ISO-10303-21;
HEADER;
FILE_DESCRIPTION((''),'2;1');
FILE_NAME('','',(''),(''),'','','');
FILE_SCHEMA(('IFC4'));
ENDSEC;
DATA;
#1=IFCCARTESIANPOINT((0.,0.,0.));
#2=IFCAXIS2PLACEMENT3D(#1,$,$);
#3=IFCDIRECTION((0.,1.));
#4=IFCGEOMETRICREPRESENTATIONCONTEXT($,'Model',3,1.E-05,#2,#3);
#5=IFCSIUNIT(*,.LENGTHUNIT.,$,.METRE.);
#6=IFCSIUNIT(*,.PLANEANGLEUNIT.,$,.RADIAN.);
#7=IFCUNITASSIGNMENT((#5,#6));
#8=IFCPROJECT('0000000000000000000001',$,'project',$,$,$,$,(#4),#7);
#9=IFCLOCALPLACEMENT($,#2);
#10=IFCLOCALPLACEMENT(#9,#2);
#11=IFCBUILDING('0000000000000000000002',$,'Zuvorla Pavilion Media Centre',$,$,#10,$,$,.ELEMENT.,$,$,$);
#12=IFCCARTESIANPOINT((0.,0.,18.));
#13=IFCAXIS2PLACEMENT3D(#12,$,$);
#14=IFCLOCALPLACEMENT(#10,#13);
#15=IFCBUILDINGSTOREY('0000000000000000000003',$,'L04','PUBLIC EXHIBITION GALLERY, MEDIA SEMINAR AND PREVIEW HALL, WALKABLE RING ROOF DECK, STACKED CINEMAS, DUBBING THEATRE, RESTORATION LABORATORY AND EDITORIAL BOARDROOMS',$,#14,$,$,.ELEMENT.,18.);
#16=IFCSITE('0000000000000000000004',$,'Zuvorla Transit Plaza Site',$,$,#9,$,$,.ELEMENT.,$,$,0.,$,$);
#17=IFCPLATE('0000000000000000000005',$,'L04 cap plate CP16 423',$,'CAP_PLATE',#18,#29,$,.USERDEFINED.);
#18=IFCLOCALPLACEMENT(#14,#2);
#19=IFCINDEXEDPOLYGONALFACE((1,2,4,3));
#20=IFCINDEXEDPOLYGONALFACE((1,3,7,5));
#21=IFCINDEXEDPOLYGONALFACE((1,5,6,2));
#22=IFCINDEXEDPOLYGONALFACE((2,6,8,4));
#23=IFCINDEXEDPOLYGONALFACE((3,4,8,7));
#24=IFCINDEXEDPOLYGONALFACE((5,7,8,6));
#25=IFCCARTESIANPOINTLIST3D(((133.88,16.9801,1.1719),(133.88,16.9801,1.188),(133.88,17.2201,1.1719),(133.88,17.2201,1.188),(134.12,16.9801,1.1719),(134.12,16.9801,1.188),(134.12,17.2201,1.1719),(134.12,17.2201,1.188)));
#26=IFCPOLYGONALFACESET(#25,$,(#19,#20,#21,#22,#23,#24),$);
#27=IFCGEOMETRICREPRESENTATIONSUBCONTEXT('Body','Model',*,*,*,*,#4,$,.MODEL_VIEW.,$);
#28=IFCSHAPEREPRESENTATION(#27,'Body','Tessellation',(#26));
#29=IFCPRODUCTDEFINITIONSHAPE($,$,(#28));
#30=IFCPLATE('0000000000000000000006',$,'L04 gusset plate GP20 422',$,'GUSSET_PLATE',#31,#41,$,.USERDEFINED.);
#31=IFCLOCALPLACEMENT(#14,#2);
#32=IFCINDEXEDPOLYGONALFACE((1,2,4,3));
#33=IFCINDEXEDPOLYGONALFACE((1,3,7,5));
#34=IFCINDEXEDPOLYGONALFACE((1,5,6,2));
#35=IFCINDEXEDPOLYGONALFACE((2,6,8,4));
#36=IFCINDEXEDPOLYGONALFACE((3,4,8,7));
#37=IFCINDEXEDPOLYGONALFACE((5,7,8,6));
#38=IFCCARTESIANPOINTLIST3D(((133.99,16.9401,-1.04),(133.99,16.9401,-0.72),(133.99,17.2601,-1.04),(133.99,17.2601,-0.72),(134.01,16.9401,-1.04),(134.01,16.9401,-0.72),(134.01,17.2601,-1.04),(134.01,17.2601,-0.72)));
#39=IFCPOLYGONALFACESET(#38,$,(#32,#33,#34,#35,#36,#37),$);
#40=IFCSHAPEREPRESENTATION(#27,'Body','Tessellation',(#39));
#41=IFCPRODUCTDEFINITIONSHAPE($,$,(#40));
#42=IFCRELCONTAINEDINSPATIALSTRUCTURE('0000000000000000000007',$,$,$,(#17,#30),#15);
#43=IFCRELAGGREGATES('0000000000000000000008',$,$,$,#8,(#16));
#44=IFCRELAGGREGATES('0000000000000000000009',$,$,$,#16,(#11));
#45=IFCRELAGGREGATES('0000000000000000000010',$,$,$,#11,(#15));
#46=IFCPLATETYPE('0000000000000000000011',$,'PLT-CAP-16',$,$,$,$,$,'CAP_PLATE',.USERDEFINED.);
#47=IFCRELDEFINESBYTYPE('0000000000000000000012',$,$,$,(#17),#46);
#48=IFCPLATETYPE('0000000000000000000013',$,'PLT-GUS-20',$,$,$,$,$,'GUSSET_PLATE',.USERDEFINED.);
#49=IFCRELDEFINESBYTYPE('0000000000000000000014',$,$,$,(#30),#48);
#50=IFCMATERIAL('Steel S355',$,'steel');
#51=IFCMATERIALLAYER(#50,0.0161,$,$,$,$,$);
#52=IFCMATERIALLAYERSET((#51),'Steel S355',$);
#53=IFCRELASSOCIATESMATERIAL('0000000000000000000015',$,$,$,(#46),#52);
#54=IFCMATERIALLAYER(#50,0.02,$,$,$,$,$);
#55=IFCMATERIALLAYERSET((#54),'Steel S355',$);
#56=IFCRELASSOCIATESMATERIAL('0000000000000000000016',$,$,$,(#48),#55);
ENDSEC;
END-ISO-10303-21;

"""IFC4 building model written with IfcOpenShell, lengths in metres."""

from ifc_helpers import new_model, si_unit, direction, frame, origin, origin_2d, place, context, subcontext, project, spatial, rectangle, extrude, material, layer, layer_set, type_object, element, save


model = new_model("IFC4")

# Units and contexts
model_context = context("Model", 3, precision=1e-05, world=origin(), true_north=direction((0.0, 1.0)))
body_context = subcontext(model_context, "Body", "Model", "MODEL_VIEW")
ifc_project = project(units=[si_unit("LENGTHUNIT", "METRE"), si_unit("PLANEANGLEUNIT", "RADIAN")], contexts=[model_context])

# Site, building, storey
site_placement = place(None, origin())
site = spatial("IfcSite", under=ifc_project, at=site_placement, Name="Zuvorla Transit Plaza Site", CompositionType="ELEMENT", RefElevation=0.0)
building_placement = place(site_placement, origin())
building = spatial("IfcBuilding", under=site, at=building_placement, Name="Zuvorla Pavilion Media Centre", CompositionType="ELEMENT")
storey_placement = place(building_placement, frame((0.0, 0.0, 18.0)))
storey = spatial("IfcBuildingStorey", under=building, at=storey_placement, Name="L04", Description="PUBLIC EXHIBITION GALLERY, MEDIA SEMINAR AND PREVIEW HALL, WALKABLE RING ROOF DECK, STACKED CINEMAS, DUBBING THEATRE, RESTORATION LABORATORY AND EDITORIAL BOARDROOMS", CompositionType="ELEMENT", Elevation=18.0)

# Shared definitions
ifc_material_1 = material(Name="Steel S355", Category="steel")

# Plates
ifc_layer_1 = layer(ifc_material_1, 0.0161)
ifc_layer_set_1 = layer_set([ifc_layer_1], Name="Steel S355")
plate_type_1 = type_object("IfcPlateType", Name="PLT-CAP-16", ElementType="CAP_PLATE", PredefinedType="USERDEFINED", material=ifc_layer_set_1)
plate_1_placement = place(storey_placement, frame((134.0, 17.1001, 1.1719), z_axis=(0.0, 0.0, 1.0), x_axis=(1.0, 0.0, 0.0)))
element("IfcPlate", 1, at=plate_1_placement, inside=storey, type_object=plate_type_1, Name="L04 cap plate CP16 423", ObjectType="CAP_PLATE", PredefinedType="USERDEFINED", context=body_context, shape_type="SweptSolid", body=[
    extrude(rectangle(XDim=0.24, YDim=0.24, at=origin_2d()), origin(), (0.0, 0.0, 1.0), 0.0161),
])
ifc_layer_2 = layer(ifc_material_1, 0.02)
ifc_layer_set_2 = layer_set([ifc_layer_2], Name="Steel S355")
plate_type_2 = type_object("IfcPlateType", Name="PLT-GUS-20", ElementType="GUSSET_PLATE", PredefinedType="USERDEFINED", material=ifc_layer_set_2)
plate_2_placement = place(storey_placement, frame((134.0, 17.1001, -1.04), z_axis=(0.0, 0.0, 1.0), x_axis=(1.0, 0.0, 0.0)))
element("IfcPlate", 2, at=plate_2_placement, inside=storey, type_object=plate_type_2, Name="L04 gusset plate GP20 422", ObjectType="GUSSET_PLATE", PredefinedType="USERDEFINED", context=body_context, shape_type="SweptSolid", body=[
    extrude(rectangle(XDim=0.02, YDim=0.3201, at=origin_2d()), origin(), (0.0, 0.0, 1.0), 0.3201),
])

save(model, "model.ifc")
